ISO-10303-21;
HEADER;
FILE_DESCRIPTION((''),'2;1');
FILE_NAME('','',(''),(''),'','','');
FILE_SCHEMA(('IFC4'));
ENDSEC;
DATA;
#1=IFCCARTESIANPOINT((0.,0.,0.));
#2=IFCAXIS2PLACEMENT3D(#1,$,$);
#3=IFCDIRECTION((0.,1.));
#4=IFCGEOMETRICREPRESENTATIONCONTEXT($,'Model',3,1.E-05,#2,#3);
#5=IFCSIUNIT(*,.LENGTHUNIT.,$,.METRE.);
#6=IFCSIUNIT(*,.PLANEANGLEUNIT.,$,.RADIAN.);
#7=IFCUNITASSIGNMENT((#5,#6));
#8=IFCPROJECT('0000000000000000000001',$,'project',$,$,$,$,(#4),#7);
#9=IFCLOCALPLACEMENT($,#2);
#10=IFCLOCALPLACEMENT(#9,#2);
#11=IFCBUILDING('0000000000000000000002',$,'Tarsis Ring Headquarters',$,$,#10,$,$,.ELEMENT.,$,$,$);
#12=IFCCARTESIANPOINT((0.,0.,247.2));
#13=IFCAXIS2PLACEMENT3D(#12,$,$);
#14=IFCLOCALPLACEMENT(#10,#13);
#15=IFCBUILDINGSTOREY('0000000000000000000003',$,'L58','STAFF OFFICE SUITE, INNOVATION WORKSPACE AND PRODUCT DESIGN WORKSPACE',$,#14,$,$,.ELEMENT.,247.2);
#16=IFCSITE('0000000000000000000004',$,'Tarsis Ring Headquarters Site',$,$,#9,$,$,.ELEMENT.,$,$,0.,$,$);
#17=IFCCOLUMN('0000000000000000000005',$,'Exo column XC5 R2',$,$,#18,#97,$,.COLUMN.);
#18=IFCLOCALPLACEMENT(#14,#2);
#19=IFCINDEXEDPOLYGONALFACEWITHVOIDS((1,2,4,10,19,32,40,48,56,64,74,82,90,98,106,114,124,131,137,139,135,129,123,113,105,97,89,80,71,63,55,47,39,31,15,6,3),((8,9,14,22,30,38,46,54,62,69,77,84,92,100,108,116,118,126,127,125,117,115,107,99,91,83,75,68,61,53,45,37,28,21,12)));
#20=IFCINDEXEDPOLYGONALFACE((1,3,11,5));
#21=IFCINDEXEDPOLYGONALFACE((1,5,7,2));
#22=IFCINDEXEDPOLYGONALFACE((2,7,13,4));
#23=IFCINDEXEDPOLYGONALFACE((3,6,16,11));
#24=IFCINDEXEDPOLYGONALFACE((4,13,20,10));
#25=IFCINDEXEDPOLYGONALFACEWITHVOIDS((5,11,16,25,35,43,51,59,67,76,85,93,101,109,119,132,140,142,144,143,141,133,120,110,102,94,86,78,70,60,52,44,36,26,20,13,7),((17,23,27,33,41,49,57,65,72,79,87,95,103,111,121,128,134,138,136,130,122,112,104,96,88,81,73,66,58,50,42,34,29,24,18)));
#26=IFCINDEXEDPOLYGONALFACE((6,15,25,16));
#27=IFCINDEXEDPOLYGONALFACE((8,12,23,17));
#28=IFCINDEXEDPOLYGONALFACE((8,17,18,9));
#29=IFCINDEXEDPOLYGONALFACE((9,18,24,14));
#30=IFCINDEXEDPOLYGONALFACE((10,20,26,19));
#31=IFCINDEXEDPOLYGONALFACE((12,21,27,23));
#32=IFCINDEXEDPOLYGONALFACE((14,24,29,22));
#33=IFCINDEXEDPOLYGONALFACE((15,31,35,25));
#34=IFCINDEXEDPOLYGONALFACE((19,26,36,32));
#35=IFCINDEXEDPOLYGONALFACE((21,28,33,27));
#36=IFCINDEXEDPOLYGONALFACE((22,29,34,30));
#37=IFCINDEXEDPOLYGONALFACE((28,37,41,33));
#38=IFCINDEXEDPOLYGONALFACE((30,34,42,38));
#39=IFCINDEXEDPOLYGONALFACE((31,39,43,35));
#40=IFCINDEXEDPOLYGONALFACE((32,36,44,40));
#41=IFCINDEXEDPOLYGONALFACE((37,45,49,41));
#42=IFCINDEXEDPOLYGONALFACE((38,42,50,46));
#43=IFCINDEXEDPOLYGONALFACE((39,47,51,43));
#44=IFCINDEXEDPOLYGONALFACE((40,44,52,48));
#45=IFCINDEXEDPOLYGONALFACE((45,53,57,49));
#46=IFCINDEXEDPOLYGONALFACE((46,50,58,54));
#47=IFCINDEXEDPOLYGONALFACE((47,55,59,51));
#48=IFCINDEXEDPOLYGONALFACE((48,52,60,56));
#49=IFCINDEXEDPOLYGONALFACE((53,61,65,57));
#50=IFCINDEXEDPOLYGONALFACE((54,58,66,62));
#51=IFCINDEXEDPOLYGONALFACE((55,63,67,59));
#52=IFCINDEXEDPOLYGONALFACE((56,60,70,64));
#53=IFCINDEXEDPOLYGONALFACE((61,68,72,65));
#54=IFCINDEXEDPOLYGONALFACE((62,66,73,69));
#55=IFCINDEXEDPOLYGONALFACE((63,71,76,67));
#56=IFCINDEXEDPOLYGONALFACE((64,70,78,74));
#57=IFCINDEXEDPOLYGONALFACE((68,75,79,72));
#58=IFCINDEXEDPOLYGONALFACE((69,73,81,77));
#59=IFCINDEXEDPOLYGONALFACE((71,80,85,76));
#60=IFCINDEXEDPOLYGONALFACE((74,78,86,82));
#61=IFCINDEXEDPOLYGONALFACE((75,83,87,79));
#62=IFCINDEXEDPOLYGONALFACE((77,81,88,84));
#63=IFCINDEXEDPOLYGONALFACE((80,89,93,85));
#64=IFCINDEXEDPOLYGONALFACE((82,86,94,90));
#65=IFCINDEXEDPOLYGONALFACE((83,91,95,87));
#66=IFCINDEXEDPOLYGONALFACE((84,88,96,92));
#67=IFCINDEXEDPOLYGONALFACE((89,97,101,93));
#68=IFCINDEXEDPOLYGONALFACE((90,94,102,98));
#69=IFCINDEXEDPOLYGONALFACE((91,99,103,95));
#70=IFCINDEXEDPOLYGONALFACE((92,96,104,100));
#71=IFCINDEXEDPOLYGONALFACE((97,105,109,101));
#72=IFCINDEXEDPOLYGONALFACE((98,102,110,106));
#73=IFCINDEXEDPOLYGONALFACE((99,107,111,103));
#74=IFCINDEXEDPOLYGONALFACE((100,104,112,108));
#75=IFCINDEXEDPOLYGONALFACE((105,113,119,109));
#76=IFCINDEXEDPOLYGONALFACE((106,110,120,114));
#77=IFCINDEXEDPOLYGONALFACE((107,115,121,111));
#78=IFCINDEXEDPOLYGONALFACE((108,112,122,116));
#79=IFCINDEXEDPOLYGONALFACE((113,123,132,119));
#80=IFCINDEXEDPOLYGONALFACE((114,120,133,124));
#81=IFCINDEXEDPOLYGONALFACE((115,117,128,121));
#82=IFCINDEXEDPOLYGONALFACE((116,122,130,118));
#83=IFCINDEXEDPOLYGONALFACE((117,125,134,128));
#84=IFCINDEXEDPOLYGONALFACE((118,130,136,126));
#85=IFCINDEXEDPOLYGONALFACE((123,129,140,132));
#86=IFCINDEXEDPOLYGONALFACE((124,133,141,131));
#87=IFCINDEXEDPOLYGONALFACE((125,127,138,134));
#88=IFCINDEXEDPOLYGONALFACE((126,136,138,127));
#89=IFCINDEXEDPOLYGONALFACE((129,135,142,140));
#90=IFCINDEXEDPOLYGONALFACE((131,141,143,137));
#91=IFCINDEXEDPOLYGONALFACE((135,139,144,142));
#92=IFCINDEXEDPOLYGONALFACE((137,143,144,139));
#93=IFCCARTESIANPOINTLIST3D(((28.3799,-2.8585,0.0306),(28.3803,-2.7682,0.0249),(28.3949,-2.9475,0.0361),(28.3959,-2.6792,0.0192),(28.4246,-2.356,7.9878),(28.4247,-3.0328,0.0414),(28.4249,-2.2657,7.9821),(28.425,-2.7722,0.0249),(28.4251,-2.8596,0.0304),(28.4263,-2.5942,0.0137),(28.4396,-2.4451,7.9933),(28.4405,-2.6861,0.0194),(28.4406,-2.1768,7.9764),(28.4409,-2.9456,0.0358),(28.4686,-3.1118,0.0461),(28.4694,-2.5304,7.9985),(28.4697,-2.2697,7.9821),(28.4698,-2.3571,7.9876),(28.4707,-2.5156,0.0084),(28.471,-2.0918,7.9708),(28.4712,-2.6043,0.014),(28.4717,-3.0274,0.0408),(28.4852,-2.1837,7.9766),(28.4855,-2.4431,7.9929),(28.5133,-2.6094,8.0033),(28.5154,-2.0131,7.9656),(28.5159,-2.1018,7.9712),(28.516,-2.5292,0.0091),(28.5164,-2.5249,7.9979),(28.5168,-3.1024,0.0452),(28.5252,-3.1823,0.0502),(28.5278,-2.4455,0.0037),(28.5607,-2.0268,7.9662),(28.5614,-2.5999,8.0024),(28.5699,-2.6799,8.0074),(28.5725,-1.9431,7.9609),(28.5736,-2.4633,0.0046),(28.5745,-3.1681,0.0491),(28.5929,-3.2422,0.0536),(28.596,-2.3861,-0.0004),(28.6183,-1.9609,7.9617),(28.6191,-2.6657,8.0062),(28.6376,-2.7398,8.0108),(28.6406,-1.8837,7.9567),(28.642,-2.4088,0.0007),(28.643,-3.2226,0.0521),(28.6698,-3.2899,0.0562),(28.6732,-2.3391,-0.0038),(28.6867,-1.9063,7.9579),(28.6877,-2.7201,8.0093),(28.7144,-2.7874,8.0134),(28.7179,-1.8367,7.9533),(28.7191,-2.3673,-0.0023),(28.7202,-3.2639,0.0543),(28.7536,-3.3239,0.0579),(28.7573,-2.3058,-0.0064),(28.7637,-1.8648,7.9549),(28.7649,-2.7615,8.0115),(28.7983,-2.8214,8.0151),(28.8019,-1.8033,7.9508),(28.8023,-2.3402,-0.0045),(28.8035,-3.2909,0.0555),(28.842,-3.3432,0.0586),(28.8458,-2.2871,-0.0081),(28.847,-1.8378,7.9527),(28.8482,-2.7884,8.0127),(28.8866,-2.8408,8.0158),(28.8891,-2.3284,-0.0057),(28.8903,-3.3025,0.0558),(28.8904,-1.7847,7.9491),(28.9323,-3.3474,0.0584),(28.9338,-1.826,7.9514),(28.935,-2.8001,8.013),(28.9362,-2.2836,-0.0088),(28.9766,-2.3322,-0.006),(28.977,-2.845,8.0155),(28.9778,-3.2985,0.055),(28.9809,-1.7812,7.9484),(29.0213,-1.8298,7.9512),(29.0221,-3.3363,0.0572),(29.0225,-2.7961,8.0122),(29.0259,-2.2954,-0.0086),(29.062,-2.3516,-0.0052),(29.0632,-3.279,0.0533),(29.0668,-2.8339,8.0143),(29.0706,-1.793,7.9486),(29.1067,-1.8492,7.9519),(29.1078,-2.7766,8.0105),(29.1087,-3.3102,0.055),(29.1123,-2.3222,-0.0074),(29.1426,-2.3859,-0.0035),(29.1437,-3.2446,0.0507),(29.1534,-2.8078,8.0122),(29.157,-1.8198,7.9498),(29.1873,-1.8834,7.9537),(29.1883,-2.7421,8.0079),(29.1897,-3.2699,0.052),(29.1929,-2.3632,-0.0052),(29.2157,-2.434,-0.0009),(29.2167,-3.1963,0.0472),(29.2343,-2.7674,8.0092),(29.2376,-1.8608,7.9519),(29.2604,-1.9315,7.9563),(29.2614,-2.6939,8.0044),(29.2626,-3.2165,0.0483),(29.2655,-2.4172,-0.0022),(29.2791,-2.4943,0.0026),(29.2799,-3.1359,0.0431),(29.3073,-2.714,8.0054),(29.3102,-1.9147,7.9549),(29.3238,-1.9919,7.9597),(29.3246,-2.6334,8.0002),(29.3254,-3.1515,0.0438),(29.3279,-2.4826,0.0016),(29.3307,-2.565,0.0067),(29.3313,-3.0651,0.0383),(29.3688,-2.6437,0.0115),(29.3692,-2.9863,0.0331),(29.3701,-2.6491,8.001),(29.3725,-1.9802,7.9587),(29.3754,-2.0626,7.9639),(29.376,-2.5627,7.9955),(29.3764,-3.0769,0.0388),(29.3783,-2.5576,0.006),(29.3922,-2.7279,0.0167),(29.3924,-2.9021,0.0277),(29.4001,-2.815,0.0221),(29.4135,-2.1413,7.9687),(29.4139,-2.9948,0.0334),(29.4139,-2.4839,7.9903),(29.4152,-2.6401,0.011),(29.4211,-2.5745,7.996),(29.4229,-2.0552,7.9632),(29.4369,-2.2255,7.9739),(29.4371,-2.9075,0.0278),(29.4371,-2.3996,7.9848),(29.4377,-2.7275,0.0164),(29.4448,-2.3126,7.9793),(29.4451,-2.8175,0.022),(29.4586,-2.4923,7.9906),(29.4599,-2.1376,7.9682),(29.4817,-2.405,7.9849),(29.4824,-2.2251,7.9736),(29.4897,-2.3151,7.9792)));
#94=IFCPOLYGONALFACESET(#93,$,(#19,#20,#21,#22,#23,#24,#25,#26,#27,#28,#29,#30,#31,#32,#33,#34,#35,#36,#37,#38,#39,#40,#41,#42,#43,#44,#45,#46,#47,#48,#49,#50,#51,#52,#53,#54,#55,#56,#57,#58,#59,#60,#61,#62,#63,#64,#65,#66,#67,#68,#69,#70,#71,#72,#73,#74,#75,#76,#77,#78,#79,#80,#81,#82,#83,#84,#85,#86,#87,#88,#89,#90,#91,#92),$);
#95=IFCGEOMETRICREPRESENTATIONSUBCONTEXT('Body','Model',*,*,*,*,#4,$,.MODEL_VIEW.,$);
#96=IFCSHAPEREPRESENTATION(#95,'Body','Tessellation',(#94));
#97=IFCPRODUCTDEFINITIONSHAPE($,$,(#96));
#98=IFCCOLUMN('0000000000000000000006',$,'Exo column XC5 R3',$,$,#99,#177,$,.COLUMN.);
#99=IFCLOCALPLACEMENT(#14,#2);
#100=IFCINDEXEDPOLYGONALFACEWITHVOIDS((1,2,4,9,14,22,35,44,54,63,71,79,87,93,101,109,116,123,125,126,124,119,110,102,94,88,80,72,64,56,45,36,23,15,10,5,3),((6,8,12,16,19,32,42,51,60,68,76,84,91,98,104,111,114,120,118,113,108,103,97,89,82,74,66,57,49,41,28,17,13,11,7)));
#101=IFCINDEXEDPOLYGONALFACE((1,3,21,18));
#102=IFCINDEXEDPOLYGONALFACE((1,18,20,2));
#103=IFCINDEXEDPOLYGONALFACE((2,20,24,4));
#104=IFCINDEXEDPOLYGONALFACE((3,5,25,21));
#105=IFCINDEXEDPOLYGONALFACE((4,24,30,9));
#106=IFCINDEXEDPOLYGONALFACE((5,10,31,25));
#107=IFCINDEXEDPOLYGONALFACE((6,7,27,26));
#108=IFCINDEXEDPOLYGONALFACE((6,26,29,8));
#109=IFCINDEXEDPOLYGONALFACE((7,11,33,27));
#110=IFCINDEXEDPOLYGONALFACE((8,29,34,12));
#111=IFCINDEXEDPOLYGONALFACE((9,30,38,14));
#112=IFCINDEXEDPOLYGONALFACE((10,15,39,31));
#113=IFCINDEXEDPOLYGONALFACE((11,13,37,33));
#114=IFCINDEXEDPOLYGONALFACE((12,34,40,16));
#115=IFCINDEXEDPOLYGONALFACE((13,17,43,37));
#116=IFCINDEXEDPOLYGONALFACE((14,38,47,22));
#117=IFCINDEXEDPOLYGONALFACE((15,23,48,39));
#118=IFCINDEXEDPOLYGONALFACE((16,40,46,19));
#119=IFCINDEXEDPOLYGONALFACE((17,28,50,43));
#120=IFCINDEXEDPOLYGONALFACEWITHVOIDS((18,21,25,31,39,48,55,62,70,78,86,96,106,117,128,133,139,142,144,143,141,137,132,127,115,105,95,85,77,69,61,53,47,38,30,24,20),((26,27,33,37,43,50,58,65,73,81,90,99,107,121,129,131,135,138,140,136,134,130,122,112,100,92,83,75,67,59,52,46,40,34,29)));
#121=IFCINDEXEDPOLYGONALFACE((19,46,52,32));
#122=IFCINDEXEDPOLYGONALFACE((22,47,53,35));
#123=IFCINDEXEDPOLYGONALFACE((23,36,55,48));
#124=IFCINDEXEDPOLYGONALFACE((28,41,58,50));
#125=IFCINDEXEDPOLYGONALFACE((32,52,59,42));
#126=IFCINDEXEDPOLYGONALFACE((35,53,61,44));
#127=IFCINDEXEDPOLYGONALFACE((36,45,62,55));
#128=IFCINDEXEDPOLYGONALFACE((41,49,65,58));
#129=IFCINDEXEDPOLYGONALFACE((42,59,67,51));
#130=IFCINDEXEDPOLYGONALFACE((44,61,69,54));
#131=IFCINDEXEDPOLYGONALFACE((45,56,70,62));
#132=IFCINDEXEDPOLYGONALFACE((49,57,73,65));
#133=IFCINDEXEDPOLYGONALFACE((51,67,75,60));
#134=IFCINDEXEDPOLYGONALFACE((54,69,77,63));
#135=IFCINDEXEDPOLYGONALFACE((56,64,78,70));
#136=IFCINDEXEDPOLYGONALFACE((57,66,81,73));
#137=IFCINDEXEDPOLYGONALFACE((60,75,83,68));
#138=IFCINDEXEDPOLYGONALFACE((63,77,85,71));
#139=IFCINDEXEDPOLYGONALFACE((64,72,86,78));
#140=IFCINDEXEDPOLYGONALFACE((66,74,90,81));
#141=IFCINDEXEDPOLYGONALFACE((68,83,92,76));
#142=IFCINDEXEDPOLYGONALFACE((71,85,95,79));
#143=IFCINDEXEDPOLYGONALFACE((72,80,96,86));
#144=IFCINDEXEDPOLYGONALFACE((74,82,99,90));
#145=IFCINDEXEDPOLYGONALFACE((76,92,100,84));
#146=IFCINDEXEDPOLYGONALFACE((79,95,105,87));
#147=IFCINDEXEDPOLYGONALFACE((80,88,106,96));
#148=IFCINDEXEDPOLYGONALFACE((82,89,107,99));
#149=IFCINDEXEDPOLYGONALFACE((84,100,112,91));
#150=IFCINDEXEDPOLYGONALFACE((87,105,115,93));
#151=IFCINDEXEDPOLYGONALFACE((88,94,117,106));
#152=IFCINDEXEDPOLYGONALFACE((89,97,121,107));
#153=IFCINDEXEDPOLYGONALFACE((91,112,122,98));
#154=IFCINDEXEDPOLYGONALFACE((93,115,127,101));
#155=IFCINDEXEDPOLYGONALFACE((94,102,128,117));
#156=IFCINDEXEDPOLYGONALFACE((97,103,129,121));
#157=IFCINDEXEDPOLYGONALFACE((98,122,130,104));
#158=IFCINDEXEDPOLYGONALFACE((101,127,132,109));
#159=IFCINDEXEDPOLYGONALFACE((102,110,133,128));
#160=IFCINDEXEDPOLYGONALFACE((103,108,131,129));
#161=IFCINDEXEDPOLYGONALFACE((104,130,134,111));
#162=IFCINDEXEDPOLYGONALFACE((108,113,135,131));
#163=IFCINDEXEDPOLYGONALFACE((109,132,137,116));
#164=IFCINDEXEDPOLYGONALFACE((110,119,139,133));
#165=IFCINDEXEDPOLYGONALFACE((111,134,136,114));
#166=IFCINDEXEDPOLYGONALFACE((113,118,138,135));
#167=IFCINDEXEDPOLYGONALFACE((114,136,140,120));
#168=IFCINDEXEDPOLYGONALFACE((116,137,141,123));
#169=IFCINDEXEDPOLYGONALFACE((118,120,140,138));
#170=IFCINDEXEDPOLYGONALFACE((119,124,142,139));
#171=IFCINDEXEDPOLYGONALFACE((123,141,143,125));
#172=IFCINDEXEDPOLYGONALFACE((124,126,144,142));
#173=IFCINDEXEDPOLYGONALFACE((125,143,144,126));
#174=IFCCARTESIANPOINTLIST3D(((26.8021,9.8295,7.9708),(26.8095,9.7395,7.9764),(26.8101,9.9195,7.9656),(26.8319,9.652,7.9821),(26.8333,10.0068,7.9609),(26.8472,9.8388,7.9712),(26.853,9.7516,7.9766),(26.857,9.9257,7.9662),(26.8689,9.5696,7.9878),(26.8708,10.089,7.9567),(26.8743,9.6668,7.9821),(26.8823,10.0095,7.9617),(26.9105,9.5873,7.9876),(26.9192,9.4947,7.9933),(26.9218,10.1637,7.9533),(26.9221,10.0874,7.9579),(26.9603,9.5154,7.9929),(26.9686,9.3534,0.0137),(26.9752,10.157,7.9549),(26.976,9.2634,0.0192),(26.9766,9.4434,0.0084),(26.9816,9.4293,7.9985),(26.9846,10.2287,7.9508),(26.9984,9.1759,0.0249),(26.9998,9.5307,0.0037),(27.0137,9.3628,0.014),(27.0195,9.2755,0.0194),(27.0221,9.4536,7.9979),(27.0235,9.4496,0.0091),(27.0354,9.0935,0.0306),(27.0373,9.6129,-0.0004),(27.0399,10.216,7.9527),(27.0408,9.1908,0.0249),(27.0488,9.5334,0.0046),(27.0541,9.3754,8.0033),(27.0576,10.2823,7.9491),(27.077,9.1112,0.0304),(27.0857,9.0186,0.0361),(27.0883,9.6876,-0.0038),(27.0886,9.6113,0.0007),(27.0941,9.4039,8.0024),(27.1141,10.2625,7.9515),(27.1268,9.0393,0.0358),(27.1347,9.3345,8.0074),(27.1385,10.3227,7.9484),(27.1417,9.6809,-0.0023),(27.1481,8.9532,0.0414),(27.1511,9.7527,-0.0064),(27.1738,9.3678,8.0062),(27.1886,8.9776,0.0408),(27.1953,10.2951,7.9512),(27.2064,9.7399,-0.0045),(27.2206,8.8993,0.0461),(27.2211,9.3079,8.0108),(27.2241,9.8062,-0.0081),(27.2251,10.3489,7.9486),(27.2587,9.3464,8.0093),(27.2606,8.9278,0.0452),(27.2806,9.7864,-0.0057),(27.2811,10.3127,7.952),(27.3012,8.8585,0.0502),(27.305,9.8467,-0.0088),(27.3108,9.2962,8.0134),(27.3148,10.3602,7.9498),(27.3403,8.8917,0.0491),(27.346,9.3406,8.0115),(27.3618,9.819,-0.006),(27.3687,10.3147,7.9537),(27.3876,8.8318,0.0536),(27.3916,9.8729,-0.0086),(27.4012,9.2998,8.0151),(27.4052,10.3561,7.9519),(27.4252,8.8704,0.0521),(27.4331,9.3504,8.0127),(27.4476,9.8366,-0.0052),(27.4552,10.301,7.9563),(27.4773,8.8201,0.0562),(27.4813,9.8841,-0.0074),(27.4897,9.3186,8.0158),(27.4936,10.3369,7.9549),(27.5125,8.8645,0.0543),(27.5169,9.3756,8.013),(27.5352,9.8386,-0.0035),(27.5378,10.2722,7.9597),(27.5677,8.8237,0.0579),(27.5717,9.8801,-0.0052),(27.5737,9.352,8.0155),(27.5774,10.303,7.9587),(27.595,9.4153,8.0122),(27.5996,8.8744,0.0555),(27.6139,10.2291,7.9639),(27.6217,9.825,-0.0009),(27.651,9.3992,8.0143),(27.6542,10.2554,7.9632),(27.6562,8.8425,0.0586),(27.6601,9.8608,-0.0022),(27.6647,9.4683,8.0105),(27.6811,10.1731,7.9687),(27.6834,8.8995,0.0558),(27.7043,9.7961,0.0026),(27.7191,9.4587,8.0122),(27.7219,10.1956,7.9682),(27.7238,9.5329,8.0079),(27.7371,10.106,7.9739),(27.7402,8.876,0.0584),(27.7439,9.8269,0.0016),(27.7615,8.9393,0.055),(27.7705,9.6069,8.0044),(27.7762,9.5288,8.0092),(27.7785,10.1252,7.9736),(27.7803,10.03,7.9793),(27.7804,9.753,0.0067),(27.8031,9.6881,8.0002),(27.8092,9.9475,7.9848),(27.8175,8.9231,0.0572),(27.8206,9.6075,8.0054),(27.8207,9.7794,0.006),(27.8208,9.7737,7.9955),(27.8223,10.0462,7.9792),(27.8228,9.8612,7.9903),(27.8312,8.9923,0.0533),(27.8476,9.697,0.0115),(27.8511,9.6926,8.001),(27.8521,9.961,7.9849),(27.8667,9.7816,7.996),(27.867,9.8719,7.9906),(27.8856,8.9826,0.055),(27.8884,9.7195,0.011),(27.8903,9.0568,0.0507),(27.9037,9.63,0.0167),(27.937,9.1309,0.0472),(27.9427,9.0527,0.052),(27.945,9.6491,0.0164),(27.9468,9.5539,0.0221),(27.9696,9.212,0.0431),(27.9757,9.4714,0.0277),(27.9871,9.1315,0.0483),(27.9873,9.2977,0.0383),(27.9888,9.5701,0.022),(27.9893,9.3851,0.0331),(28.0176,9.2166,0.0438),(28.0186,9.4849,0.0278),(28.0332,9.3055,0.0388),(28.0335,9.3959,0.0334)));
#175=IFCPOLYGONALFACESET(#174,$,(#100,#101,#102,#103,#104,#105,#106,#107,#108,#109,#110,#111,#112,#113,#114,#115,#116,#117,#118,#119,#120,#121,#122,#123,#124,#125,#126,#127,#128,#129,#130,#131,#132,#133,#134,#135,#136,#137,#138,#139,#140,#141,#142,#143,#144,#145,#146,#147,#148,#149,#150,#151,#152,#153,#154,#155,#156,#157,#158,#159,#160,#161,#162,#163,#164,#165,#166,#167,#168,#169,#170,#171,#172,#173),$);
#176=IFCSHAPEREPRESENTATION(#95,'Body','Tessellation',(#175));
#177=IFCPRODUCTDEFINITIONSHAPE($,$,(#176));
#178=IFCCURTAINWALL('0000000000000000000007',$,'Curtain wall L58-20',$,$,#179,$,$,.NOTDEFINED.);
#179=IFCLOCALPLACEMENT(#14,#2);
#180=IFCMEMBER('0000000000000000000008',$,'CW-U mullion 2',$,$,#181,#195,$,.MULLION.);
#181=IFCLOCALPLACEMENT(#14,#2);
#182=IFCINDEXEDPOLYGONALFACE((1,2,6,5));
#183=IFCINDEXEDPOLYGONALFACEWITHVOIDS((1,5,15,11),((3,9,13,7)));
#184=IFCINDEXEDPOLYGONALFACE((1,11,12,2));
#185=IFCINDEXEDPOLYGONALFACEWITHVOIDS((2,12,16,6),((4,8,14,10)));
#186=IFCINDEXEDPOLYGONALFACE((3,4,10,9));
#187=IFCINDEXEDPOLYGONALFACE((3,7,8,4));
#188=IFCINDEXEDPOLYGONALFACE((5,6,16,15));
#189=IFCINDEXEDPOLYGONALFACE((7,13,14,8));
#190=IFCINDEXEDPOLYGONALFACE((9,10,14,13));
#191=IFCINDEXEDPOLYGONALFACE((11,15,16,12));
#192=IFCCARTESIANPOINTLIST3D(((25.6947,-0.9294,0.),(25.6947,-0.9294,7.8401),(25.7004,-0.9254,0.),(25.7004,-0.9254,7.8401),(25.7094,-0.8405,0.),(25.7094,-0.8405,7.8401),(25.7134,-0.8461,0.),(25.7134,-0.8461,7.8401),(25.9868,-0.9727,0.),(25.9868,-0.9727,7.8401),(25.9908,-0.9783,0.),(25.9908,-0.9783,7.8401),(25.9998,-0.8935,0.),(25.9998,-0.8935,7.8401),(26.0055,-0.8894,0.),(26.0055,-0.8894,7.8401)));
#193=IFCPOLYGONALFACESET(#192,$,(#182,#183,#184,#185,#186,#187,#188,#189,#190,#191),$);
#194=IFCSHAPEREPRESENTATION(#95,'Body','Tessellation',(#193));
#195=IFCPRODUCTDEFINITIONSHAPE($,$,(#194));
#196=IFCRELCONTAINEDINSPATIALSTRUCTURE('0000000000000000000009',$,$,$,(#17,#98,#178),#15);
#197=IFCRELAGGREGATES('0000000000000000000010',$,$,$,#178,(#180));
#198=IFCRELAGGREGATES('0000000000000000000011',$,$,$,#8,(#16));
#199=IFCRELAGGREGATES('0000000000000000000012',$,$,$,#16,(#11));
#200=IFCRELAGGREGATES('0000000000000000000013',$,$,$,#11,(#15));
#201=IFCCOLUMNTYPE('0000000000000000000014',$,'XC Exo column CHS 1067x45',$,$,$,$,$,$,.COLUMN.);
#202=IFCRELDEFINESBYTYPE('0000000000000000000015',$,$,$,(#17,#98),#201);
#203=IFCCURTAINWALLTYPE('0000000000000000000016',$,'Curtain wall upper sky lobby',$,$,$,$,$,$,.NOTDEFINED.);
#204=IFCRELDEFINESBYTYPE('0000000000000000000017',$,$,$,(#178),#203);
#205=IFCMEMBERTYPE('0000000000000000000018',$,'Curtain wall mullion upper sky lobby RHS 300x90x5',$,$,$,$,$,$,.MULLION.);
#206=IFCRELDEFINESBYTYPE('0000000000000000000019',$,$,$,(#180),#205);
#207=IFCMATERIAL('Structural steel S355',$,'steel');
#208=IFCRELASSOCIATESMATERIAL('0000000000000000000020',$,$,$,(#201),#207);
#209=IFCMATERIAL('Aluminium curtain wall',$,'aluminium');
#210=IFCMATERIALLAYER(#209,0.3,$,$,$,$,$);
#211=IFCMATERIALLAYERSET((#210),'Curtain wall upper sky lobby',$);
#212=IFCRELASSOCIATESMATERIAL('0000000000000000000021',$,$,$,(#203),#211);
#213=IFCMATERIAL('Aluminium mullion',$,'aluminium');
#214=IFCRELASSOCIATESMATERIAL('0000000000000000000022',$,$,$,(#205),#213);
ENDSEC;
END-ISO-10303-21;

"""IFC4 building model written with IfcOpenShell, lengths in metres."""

from ifc_helpers import new_model, si_unit, direction, frame, origin, origin_2d, place, context, subcontext, project, spatial, hollow_rectangle, hollow_circle, extrude, material, layer, layer_set, material_profile, profile_set, type_object, element, aggregate, save


model = new_model("IFC4")

# Units and contexts
model_context = context("Model", 3, precision=1e-05, world=origin(), true_north=direction((0.0, 1.0)))
body_context = subcontext(model_context, "Body", "Model", "MODEL_VIEW")
ifc_project = project(units=[si_unit("LENGTHUNIT", "METRE"), si_unit("PLANEANGLEUNIT", "RADIAN")], contexts=[model_context])

# Site, building, storey
site_placement = place(None, origin())
site = spatial("IfcSite", under=ifc_project, at=site_placement, Name="Tarsis Ring Headquarters Site", CompositionType="ELEMENT", RefElevation=0.0)
building_placement = place(site_placement, origin())
building = spatial("IfcBuilding", under=site, at=building_placement, Name="Tarsis Ring Headquarters", CompositionType="ELEMENT")
storey_placement = place(building_placement, frame((0.0, 0.0, 247.2)))
storey = spatial("IfcBuildingStorey", under=building, at=storey_placement, Name="L58", Description="STAFF OFFICE SUITE, INNOVATION WORKSPACE AND PRODUCT DESIGN WORKSPACE", CompositionType="ELEMENT", Elevation=247.2)

# Columns
ifc_material_1 = material(Name="Structural steel S355", Category="steel")
ifc_material_profile_1 = material_profile(ifc_material_1, hollow_circle(Radius=0.5334, WallThickness=0.0449, at=origin_2d()), Name="CHS 1067x45")
ifc_profile_set_1 = profile_set([ifc_material_profile_1], Name="Structural steel S355")
column_type = type_object("IfcColumnType", Name="XC Exo column CHS 1067x45", PredefinedType="COLUMN", material=ifc_profile_set_1)
for number, where, z_axis, x_axis, name in (
    (1, (28.9116, -2.8154, 0.0249), (0.005603, 0.063016, 0.997997), (-0.99607, 0.088572, 0.0), "Exo column XC5 R2"),
    (2, (27.502, 9.3521, 0.0249), (-0.020883, 0.059709, 0.997997), (-0.943934, -0.330135, 0.0), "Exo column XC5 R3"),
):
    element("IfcColumn", number, at=place(storey_placement, frame(where, z_axis=z_axis, x_axis=x_axis)), inside=storey, type_object=column_type, Name=name, PredefinedType="COLUMN", context=body_context, shape_type="SweptSolid", body=[
        extrude(hollow_circle(Radius=0.5334, WallThickness=0.0449, at=origin_2d()), origin(), (0.0, 0.0, 1.0), 7.9731),
    ])

# Curtain wall, member
ifc_material_2 = material(Name="Aluminium curtain wall", Category="aluminium")
ifc_layer_1 = layer(ifc_material_2, 0.3)
ifc_layer_set_1 = layer_set([ifc_layer_1], Name="Curtain wall upper sky lobby")
curtain_wall_type = type_object("IfcCurtainWallType", Name="Curtain wall upper sky lobby", PredefinedType="NOTDEFINED", material=ifc_layer_set_1)
curtain_wall_1_placement = place(storey_placement, origin())
curtain_wall_1 = element("IfcCurtainWall", 3, at=curtain_wall_1_placement, inside=storey, type_object=curtain_wall_type, Name="Curtain wall L58-20", PredefinedType="NOTDEFINED")
ifc_material_3 = material(Name="Aluminium mullion", Category="aluminium")
ifc_material_profile_2 = material_profile(ifc_material_3, hollow_rectangle(XDim=0.3, YDim=0.0901, WallThickness=0.0049, at=origin_2d()), Name="RHS 300x90x5")
ifc_profile_set_2 = profile_set([ifc_material_profile_2], Name="Aluminium mullion")
member_type_1 = type_object("IfcMemberType", Name="Curtain wall mullion upper sky lobby RHS 300x90x5", PredefinedType="MULLION", material=ifc_profile_set_2)
member_1_placement = place(storey_placement, frame((25.8501, -0.9094, 0.0), z_axis=(0.0, 0.0, 1.0), x_axis=(-0.986629, 0.162981, 0.0)))
member_1 = element("IfcMember", 4, at=member_1_placement, type_object=member_type_1, Name="CW-U mullion 2", PredefinedType="MULLION", context=body_context, shape_type="SweptSolid", body=[
    extrude(hollow_rectangle(XDim=0.3, YDim=0.0901, WallThickness=0.0049, at=origin_2d()), origin(), (0.0, 0.0, 1.0), 7.8401),
])
aggregate(curtain_wall_1, [member_1])

save(model, "model.ifc")
